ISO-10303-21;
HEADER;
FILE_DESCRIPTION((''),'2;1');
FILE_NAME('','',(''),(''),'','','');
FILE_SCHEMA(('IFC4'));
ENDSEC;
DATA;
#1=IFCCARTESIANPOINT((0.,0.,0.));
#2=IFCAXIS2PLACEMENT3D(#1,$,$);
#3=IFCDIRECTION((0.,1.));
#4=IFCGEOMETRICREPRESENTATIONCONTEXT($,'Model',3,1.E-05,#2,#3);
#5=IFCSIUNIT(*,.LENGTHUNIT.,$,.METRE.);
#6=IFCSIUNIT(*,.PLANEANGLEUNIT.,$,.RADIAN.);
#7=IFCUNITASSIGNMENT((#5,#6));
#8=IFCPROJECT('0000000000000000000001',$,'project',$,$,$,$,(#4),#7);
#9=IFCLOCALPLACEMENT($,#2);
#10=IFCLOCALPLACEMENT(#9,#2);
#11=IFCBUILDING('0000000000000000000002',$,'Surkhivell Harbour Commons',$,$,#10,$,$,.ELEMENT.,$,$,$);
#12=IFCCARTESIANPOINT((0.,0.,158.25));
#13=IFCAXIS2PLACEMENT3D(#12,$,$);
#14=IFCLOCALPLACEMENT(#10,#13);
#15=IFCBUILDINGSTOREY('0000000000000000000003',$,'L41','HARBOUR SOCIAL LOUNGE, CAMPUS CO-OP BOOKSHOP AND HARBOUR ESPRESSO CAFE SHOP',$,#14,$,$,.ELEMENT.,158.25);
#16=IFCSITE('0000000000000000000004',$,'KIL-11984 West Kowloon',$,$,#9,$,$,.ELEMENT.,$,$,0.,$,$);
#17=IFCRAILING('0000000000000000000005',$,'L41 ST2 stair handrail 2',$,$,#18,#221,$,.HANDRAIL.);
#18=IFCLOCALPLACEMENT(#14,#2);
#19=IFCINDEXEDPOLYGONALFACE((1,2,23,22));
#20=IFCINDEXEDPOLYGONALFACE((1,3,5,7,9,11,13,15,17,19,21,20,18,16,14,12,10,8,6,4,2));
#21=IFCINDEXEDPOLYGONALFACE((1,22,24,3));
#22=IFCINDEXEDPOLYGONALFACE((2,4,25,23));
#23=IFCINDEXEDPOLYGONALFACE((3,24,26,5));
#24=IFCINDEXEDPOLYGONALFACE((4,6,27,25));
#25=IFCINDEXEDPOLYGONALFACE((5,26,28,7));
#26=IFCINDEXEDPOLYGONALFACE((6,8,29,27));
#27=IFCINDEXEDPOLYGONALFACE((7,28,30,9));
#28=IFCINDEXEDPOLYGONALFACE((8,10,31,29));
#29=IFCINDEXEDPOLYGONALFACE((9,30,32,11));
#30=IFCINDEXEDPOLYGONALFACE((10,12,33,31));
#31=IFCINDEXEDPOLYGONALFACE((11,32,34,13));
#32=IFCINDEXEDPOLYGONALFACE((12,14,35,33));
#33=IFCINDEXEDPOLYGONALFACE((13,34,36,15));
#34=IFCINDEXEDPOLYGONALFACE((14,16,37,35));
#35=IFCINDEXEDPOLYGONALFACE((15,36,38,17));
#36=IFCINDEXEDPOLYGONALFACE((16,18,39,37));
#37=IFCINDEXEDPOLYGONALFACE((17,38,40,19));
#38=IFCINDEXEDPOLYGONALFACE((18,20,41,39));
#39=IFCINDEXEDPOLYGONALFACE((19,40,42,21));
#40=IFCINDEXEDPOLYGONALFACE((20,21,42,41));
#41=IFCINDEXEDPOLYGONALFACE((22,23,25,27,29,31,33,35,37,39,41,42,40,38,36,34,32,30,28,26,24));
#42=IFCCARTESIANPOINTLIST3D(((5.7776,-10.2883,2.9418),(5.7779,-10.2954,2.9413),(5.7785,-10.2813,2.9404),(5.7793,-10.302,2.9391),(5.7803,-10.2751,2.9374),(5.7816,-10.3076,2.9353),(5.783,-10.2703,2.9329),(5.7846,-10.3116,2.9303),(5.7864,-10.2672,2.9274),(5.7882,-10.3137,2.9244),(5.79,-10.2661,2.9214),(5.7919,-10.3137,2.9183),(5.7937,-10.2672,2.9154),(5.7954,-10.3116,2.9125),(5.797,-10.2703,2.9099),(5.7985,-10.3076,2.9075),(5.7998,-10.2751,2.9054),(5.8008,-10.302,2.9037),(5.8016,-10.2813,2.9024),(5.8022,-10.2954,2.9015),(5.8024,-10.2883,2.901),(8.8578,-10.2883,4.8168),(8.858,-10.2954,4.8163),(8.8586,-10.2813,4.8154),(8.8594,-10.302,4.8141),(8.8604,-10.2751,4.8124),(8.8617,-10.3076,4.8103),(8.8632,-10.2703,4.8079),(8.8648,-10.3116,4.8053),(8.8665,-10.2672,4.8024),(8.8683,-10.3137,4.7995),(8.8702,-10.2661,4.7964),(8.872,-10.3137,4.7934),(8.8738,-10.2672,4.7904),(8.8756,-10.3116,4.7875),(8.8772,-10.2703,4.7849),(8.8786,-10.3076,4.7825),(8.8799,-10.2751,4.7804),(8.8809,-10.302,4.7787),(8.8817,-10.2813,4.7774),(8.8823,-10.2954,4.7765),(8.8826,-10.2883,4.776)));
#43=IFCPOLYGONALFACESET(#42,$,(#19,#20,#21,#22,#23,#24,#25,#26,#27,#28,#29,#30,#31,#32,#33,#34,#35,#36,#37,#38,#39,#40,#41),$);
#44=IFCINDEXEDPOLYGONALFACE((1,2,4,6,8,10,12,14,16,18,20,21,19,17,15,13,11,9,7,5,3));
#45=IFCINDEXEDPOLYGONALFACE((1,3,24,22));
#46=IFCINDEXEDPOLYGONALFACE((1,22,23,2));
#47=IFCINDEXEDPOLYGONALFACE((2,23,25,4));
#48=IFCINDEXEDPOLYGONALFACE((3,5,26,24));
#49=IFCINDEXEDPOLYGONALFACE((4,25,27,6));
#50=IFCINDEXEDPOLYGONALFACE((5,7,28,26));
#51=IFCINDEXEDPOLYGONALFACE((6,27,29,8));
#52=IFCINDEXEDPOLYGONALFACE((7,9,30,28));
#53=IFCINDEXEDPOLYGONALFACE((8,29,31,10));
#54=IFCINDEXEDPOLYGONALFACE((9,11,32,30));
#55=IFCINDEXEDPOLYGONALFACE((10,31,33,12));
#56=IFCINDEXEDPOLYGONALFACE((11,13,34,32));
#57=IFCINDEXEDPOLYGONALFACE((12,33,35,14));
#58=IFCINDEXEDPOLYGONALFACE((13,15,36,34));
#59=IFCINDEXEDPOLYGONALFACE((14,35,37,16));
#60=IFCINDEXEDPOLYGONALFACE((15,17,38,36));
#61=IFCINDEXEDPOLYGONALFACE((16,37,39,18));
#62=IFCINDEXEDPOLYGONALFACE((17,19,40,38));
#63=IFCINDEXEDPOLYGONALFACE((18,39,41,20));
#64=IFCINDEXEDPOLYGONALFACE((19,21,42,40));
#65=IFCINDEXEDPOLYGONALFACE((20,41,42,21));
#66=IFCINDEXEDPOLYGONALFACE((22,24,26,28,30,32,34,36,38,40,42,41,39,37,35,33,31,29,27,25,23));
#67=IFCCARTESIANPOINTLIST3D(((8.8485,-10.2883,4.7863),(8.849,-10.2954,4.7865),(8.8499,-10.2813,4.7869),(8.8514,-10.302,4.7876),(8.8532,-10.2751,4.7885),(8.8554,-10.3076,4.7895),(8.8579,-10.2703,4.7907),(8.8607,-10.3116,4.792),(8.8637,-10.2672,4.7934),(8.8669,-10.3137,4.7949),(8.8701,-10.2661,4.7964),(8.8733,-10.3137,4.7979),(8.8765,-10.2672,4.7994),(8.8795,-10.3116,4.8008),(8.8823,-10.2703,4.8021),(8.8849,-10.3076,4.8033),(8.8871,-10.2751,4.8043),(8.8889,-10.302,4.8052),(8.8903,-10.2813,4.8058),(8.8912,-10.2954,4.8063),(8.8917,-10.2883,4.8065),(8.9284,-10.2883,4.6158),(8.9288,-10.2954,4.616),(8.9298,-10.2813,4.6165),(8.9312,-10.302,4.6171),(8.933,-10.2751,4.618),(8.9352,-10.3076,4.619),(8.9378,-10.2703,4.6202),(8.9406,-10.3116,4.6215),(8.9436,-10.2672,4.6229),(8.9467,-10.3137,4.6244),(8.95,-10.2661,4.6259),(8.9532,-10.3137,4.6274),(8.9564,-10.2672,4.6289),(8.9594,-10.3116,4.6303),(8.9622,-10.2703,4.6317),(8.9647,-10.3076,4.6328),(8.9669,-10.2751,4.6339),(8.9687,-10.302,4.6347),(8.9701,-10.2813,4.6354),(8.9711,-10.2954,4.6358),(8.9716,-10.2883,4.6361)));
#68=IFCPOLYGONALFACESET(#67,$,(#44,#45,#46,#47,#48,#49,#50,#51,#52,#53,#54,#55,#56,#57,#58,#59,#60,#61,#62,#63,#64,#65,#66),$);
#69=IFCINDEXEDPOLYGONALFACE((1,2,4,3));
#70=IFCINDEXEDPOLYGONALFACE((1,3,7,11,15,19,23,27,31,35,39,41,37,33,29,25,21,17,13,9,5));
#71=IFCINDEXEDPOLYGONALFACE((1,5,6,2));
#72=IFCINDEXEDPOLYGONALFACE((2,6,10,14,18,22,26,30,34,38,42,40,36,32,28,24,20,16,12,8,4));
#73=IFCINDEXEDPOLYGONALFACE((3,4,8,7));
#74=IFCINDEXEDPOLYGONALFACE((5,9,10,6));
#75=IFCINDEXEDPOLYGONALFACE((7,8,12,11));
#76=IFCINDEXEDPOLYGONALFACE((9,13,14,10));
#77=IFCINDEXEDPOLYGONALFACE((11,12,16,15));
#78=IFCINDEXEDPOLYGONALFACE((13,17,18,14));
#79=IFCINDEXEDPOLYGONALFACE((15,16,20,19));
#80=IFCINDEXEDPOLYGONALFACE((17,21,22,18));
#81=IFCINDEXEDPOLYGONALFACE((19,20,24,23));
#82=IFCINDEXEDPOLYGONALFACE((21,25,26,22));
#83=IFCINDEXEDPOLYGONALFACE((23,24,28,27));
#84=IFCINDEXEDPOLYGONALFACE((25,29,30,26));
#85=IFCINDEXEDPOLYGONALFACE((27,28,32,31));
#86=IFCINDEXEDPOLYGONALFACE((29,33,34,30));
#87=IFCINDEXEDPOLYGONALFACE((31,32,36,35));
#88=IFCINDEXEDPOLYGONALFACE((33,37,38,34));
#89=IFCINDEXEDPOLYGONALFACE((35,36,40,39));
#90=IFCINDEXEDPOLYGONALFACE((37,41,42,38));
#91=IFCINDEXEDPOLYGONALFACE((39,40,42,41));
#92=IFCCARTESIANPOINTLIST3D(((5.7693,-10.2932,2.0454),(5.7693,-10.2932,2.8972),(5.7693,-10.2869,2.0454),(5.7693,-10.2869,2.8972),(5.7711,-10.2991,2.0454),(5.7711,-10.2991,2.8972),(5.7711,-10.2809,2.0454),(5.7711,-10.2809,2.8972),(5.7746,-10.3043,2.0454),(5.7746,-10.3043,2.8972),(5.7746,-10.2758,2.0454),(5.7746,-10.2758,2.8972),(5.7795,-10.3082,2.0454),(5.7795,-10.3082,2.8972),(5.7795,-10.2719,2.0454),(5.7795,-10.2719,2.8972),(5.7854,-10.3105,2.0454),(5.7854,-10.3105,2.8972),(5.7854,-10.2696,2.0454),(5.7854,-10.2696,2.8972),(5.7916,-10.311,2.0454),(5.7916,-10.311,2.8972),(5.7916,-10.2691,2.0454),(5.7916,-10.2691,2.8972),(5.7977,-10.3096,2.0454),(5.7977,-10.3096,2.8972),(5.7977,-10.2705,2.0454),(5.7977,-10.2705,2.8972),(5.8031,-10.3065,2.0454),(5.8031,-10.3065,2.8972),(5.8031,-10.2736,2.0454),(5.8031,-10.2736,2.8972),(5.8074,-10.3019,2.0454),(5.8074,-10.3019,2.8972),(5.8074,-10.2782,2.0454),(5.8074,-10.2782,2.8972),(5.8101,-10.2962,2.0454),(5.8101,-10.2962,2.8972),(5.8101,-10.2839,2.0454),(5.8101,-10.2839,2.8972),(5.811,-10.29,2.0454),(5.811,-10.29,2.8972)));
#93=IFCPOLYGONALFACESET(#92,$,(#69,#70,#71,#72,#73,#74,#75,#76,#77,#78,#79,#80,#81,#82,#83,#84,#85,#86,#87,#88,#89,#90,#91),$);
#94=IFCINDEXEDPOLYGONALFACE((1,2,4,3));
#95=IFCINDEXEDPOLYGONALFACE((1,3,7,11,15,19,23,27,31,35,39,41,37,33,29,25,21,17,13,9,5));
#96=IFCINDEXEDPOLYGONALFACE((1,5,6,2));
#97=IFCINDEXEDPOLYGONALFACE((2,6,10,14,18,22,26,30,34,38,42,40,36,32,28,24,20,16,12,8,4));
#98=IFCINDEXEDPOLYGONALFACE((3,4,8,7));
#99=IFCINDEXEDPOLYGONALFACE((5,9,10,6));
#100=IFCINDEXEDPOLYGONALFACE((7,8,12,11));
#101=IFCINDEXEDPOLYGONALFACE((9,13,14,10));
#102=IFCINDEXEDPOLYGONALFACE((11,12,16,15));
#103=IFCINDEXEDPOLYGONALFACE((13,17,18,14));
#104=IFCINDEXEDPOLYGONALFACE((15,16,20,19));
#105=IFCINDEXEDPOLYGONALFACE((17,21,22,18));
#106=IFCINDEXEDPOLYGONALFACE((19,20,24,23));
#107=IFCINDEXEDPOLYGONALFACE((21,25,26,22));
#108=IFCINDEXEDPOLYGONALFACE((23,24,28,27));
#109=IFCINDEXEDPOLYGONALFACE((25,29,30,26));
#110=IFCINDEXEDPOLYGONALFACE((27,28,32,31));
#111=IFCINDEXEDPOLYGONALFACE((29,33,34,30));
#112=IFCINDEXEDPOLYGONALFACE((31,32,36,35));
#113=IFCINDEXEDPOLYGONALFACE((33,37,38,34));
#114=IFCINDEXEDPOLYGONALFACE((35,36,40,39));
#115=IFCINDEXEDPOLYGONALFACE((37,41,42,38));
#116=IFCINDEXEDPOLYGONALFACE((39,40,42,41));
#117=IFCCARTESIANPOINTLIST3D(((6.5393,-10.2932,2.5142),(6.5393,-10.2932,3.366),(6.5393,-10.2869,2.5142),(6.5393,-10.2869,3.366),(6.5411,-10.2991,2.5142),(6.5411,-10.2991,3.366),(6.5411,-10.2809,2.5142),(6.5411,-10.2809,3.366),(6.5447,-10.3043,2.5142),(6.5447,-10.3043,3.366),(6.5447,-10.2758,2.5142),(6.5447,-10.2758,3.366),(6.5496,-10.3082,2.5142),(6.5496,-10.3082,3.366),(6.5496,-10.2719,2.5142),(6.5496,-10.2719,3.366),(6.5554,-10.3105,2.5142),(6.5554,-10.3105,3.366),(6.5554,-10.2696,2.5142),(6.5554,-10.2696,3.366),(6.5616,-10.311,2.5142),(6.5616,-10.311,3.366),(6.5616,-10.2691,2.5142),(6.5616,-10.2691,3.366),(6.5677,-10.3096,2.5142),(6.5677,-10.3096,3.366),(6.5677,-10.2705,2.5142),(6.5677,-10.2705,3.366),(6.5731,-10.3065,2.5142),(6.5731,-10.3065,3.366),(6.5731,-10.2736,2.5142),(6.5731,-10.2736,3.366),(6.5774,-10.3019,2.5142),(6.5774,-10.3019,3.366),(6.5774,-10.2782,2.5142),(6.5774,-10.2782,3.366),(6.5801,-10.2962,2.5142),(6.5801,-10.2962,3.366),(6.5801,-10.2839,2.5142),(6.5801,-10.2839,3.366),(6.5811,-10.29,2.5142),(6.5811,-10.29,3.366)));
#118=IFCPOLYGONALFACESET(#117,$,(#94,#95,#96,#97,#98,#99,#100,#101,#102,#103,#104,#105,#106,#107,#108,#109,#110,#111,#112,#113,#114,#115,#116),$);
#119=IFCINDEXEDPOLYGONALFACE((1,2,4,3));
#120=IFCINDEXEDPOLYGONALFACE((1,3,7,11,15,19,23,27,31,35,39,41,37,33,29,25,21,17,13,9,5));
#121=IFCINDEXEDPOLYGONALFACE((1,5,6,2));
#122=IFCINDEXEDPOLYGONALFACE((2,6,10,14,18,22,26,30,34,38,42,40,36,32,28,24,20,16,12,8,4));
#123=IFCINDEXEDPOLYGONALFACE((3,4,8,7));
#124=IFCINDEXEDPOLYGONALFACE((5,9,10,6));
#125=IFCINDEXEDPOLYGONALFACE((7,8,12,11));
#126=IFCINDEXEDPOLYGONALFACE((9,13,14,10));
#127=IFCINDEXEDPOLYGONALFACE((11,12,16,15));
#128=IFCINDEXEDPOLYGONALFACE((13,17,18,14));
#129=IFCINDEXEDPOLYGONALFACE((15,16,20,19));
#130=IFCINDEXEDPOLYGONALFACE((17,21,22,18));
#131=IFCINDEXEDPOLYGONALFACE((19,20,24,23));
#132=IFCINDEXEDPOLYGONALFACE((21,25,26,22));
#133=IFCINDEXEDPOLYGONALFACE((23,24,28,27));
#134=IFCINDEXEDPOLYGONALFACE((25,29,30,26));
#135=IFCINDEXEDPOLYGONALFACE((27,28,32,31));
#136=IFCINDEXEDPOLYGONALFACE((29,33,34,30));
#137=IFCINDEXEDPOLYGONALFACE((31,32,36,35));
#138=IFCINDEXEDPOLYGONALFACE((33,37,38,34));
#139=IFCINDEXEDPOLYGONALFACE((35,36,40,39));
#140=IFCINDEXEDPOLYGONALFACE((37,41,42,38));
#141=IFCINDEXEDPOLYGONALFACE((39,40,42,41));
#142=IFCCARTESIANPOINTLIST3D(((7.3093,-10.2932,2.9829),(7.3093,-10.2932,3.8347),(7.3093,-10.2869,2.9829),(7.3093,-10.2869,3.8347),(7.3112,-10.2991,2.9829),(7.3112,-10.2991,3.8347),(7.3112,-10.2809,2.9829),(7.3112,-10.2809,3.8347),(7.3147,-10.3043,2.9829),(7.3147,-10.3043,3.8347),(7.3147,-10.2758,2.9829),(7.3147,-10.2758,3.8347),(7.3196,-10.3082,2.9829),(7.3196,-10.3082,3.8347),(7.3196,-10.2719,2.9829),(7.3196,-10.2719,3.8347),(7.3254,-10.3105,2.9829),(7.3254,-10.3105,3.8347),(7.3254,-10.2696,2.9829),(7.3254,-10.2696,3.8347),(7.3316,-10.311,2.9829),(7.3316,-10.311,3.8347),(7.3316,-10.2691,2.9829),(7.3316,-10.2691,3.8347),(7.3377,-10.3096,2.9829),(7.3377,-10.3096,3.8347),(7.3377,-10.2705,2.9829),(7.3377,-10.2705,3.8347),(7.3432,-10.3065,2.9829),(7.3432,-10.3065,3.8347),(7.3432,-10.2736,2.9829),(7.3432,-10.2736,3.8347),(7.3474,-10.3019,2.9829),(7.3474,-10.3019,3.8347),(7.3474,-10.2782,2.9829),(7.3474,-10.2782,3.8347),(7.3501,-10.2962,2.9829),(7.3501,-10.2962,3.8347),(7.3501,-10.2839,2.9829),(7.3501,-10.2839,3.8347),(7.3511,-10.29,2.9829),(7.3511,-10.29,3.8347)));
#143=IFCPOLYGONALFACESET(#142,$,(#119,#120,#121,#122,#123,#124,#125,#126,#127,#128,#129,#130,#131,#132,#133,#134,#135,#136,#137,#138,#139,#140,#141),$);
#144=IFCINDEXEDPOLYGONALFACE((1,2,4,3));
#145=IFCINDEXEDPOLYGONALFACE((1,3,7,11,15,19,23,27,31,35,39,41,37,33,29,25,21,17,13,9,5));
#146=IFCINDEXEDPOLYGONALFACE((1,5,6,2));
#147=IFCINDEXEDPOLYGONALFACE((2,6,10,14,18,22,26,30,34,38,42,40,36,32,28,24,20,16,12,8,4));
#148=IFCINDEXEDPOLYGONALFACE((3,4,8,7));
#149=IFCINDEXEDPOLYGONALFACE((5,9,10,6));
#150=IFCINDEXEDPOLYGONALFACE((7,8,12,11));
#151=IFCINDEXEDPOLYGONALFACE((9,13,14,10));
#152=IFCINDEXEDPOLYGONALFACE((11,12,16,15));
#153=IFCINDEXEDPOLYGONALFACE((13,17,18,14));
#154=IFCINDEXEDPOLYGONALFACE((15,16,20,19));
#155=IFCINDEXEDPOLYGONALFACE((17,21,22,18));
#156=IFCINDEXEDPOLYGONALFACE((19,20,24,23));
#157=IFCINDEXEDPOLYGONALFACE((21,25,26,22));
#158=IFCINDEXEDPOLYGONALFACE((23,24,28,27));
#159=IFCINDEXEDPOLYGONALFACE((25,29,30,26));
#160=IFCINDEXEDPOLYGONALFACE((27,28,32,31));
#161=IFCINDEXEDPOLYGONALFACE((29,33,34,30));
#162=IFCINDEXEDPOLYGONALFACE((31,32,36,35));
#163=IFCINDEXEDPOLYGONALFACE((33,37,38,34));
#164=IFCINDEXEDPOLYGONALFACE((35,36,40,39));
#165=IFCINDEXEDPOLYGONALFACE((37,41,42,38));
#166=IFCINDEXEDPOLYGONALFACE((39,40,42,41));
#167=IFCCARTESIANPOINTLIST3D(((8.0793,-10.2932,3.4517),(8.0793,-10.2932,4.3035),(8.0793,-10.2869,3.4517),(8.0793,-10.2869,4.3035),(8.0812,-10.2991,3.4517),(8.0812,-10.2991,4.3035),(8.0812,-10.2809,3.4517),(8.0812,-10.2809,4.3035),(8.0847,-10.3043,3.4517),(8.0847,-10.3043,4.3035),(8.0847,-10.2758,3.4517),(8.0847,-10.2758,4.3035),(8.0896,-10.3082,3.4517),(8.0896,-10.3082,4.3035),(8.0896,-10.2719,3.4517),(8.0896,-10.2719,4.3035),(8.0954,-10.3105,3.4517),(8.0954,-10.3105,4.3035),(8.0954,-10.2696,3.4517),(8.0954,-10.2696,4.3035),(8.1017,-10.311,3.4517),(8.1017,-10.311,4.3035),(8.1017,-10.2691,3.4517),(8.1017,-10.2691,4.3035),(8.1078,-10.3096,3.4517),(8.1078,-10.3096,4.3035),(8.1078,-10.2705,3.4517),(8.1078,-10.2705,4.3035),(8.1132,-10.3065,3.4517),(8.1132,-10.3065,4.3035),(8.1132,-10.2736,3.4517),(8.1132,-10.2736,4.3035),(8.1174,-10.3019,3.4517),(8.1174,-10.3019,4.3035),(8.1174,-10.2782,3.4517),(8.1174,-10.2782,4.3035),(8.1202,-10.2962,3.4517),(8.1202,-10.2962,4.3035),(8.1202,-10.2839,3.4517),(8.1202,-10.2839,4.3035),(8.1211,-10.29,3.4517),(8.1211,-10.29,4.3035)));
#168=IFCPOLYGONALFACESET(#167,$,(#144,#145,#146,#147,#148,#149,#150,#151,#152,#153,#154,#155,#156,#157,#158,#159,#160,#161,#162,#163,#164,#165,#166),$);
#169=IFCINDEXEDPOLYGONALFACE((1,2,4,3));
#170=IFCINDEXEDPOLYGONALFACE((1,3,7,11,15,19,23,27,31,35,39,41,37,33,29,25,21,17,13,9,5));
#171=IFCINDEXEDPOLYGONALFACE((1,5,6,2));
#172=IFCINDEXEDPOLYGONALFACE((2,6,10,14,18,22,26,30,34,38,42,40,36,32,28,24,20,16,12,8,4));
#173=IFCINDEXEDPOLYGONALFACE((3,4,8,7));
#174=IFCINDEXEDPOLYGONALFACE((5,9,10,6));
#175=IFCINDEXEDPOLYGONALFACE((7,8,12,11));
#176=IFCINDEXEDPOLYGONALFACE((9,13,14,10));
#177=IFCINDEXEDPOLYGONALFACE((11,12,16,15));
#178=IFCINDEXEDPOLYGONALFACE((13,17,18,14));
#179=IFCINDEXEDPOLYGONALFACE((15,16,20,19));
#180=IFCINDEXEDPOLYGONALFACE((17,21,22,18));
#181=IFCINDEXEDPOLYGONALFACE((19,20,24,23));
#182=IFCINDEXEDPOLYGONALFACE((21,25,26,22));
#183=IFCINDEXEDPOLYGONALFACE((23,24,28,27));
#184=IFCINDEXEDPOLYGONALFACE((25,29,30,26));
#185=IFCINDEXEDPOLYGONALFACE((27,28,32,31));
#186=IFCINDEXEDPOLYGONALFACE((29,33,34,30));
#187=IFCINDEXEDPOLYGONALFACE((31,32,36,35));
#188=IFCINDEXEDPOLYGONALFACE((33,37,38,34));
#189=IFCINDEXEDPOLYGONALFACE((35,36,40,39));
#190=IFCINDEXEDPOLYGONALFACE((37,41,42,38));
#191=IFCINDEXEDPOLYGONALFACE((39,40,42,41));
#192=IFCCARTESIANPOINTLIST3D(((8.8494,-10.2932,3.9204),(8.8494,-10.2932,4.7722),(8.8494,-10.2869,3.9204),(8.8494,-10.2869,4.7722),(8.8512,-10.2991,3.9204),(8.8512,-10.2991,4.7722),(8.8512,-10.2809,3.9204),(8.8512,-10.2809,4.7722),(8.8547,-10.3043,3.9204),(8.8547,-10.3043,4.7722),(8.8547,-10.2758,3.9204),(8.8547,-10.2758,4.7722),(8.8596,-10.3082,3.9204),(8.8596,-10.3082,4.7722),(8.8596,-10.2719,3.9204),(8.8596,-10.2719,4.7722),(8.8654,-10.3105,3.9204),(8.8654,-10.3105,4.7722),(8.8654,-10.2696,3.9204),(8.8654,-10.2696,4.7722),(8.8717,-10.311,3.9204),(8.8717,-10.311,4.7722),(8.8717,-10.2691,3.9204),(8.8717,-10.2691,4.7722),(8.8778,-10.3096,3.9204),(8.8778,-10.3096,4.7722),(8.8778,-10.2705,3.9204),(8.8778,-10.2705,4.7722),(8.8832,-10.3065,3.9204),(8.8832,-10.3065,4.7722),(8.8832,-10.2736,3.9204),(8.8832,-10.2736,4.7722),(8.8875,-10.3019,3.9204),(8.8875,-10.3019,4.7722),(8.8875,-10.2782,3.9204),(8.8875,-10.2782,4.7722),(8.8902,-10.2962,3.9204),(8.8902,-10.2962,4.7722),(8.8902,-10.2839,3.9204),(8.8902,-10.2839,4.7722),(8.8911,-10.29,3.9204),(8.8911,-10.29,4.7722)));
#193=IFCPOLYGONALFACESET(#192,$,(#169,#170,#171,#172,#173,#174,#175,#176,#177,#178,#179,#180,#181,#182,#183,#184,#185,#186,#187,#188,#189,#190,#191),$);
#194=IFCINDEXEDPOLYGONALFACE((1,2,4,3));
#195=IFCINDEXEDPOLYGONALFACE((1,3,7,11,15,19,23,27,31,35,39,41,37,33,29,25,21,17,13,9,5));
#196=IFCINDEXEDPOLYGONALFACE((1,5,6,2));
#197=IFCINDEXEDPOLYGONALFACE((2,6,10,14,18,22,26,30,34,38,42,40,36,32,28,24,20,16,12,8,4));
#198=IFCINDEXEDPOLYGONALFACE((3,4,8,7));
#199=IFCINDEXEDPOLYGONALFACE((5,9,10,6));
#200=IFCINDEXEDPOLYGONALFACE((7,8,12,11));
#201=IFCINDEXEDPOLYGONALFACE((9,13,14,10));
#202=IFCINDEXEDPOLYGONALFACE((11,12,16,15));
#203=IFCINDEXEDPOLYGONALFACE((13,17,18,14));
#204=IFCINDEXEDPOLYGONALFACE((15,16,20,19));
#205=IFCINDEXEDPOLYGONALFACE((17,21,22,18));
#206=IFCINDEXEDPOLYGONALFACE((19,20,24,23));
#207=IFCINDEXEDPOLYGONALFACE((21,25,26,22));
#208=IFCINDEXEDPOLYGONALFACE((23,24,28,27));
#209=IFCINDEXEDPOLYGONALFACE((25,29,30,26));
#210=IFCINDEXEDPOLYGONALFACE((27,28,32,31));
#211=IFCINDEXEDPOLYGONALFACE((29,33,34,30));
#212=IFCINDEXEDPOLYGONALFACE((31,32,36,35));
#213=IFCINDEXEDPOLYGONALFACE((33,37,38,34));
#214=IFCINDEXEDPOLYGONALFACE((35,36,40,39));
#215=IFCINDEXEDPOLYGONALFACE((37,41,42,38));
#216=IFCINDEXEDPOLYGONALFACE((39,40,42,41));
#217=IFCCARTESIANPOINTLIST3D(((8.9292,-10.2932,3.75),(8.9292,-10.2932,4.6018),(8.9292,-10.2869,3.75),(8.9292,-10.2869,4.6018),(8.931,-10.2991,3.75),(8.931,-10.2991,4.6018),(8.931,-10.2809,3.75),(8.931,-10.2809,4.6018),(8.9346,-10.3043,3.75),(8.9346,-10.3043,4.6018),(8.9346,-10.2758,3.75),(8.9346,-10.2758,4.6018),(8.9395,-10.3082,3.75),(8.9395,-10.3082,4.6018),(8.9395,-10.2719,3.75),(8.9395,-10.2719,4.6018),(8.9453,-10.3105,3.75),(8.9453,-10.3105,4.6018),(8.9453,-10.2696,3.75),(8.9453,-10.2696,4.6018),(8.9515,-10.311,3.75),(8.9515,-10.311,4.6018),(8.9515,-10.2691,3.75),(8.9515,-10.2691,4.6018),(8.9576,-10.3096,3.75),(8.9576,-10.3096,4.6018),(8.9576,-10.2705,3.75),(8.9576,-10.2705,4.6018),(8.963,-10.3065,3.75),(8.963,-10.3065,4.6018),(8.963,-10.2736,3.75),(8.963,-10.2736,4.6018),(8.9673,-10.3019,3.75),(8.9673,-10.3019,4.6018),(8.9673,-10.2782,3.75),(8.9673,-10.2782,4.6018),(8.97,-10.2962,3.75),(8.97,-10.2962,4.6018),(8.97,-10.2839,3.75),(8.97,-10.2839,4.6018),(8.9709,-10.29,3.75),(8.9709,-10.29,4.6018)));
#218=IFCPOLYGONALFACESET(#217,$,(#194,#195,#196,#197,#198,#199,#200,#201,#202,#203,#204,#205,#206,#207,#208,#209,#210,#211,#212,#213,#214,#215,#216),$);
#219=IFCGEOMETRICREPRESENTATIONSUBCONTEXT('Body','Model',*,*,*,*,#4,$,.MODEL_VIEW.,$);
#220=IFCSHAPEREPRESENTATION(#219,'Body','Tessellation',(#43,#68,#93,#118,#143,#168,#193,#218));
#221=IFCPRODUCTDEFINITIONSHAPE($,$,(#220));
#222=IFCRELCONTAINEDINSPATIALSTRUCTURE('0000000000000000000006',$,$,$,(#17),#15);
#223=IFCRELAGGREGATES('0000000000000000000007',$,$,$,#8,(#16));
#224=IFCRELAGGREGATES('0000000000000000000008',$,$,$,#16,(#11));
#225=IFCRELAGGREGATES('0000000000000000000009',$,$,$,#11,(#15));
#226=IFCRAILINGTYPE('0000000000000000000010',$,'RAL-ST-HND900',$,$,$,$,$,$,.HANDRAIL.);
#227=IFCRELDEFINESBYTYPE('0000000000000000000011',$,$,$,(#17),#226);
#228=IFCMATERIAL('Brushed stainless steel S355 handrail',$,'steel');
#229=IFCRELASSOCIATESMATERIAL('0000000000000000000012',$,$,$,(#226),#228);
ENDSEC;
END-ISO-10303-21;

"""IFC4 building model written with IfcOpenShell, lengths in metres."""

from ifc_helpers import new_model, si_unit, direction, frame, origin, origin_2d, place, context, subcontext, project, spatial, circle, extrude, material, type_object, element, save


model = new_model("IFC4")

# Units and contexts
model_context = context("Model", 3, precision=1e-05, world=origin(), true_north=direction((0.0, 1.0)))
body_context = subcontext(model_context, "Body", "Model", "MODEL_VIEW")
ifc_project = project(units=[si_unit("LENGTHUNIT", "METRE"), si_unit("PLANEANGLEUNIT", "RADIAN")], contexts=[model_context])

# Site, building, storey
site_placement = place(None, origin())
site = spatial("IfcSite", under=ifc_project, at=site_placement, Name="KIL-11984 West Kowloon", CompositionType="ELEMENT", RefElevation=0.0)
building_placement = place(site_placement, origin())
building = spatial("IfcBuilding", under=site, at=building_placement, Name="Surkhivell Harbour Commons", CompositionType="ELEMENT")
storey_placement = place(building_placement, frame((0.0, 0.0, 158.25)))
storey = spatial("IfcBuildingStorey", under=building, at=storey_placement, Name="L41", Description="HARBOUR SOCIAL LOUNGE, CAMPUS CO-OP BOOKSHOP AND HARBOUR ESPRESSO CAFE SHOP", CompositionType="ELEMENT", Elevation=158.25)

# Railing
ifc_material_1 = material(Name="Brushed stainless steel S355 handrail", Category="steel")
railing_type_1 = type_object("IfcRailingType", Name="RAL-ST-HND900", PredefinedType="HANDRAIL", material=ifc_material_1)
railing_1_placement = place(storey_placement, frame((5.79, -10.29, 2.0454)))
element("IfcRailing", 1, at=railing_1_placement, inside=storey, type_object=railing_type_1, Name="L41 ST2 stair handrail 2", PredefinedType="HANDRAIL", context=body_context, shape_type="SweptSolid", body=[
    extrude(circle(Radius=0.0239, at=origin_2d()), frame((0.0, 0.0, 0.876), z_axis=(0.854178, 0.0, 0.519981), x_axis=(0.0, 1.0, 0.0)), (0.0, 0.0, 1.0), 3.606),
    extrude(circle(Radius=0.0239, at=origin_2d()), frame((3.0801, 0.0, 2.751), z_axis=(0.424234, 0.0, -0.905552), x_axis=(0.0, 1.0, 0.0)), (0.0, 0.0, 1.0), 0.1882),
    extrude(circle(Radius=0.021, at=origin_2d()), origin(), (0.0, 0.0, 1.0), 0.8518),
    extrude(circle(Radius=0.021, at=origin_2d()), frame((0.77, 0.0, 0.4688)), (0.0, 0.0, 1.0), 0.8518),
    extrude(circle(Radius=0.021, at=origin_2d()), frame((1.54, 0.0, 0.9375)), (0.0, 0.0, 1.0), 0.8518),
    extrude(circle(Radius=0.021, at=origin_2d()), frame((2.3101, 0.0, 1.4062)), (0.0, 0.0, 1.0), 0.8518),
    extrude(circle(Radius=0.021, at=origin_2d()), frame((3.0801, 0.0, 1.875)), (0.0, 0.0, 1.0), 0.8518),
    extrude(circle(Radius=0.021, at=origin_2d()), frame((3.1599, 0.0, 1.7046)), (0.0, 0.0, 1.0), 0.8518),
])

save(model, "model.ifc")
